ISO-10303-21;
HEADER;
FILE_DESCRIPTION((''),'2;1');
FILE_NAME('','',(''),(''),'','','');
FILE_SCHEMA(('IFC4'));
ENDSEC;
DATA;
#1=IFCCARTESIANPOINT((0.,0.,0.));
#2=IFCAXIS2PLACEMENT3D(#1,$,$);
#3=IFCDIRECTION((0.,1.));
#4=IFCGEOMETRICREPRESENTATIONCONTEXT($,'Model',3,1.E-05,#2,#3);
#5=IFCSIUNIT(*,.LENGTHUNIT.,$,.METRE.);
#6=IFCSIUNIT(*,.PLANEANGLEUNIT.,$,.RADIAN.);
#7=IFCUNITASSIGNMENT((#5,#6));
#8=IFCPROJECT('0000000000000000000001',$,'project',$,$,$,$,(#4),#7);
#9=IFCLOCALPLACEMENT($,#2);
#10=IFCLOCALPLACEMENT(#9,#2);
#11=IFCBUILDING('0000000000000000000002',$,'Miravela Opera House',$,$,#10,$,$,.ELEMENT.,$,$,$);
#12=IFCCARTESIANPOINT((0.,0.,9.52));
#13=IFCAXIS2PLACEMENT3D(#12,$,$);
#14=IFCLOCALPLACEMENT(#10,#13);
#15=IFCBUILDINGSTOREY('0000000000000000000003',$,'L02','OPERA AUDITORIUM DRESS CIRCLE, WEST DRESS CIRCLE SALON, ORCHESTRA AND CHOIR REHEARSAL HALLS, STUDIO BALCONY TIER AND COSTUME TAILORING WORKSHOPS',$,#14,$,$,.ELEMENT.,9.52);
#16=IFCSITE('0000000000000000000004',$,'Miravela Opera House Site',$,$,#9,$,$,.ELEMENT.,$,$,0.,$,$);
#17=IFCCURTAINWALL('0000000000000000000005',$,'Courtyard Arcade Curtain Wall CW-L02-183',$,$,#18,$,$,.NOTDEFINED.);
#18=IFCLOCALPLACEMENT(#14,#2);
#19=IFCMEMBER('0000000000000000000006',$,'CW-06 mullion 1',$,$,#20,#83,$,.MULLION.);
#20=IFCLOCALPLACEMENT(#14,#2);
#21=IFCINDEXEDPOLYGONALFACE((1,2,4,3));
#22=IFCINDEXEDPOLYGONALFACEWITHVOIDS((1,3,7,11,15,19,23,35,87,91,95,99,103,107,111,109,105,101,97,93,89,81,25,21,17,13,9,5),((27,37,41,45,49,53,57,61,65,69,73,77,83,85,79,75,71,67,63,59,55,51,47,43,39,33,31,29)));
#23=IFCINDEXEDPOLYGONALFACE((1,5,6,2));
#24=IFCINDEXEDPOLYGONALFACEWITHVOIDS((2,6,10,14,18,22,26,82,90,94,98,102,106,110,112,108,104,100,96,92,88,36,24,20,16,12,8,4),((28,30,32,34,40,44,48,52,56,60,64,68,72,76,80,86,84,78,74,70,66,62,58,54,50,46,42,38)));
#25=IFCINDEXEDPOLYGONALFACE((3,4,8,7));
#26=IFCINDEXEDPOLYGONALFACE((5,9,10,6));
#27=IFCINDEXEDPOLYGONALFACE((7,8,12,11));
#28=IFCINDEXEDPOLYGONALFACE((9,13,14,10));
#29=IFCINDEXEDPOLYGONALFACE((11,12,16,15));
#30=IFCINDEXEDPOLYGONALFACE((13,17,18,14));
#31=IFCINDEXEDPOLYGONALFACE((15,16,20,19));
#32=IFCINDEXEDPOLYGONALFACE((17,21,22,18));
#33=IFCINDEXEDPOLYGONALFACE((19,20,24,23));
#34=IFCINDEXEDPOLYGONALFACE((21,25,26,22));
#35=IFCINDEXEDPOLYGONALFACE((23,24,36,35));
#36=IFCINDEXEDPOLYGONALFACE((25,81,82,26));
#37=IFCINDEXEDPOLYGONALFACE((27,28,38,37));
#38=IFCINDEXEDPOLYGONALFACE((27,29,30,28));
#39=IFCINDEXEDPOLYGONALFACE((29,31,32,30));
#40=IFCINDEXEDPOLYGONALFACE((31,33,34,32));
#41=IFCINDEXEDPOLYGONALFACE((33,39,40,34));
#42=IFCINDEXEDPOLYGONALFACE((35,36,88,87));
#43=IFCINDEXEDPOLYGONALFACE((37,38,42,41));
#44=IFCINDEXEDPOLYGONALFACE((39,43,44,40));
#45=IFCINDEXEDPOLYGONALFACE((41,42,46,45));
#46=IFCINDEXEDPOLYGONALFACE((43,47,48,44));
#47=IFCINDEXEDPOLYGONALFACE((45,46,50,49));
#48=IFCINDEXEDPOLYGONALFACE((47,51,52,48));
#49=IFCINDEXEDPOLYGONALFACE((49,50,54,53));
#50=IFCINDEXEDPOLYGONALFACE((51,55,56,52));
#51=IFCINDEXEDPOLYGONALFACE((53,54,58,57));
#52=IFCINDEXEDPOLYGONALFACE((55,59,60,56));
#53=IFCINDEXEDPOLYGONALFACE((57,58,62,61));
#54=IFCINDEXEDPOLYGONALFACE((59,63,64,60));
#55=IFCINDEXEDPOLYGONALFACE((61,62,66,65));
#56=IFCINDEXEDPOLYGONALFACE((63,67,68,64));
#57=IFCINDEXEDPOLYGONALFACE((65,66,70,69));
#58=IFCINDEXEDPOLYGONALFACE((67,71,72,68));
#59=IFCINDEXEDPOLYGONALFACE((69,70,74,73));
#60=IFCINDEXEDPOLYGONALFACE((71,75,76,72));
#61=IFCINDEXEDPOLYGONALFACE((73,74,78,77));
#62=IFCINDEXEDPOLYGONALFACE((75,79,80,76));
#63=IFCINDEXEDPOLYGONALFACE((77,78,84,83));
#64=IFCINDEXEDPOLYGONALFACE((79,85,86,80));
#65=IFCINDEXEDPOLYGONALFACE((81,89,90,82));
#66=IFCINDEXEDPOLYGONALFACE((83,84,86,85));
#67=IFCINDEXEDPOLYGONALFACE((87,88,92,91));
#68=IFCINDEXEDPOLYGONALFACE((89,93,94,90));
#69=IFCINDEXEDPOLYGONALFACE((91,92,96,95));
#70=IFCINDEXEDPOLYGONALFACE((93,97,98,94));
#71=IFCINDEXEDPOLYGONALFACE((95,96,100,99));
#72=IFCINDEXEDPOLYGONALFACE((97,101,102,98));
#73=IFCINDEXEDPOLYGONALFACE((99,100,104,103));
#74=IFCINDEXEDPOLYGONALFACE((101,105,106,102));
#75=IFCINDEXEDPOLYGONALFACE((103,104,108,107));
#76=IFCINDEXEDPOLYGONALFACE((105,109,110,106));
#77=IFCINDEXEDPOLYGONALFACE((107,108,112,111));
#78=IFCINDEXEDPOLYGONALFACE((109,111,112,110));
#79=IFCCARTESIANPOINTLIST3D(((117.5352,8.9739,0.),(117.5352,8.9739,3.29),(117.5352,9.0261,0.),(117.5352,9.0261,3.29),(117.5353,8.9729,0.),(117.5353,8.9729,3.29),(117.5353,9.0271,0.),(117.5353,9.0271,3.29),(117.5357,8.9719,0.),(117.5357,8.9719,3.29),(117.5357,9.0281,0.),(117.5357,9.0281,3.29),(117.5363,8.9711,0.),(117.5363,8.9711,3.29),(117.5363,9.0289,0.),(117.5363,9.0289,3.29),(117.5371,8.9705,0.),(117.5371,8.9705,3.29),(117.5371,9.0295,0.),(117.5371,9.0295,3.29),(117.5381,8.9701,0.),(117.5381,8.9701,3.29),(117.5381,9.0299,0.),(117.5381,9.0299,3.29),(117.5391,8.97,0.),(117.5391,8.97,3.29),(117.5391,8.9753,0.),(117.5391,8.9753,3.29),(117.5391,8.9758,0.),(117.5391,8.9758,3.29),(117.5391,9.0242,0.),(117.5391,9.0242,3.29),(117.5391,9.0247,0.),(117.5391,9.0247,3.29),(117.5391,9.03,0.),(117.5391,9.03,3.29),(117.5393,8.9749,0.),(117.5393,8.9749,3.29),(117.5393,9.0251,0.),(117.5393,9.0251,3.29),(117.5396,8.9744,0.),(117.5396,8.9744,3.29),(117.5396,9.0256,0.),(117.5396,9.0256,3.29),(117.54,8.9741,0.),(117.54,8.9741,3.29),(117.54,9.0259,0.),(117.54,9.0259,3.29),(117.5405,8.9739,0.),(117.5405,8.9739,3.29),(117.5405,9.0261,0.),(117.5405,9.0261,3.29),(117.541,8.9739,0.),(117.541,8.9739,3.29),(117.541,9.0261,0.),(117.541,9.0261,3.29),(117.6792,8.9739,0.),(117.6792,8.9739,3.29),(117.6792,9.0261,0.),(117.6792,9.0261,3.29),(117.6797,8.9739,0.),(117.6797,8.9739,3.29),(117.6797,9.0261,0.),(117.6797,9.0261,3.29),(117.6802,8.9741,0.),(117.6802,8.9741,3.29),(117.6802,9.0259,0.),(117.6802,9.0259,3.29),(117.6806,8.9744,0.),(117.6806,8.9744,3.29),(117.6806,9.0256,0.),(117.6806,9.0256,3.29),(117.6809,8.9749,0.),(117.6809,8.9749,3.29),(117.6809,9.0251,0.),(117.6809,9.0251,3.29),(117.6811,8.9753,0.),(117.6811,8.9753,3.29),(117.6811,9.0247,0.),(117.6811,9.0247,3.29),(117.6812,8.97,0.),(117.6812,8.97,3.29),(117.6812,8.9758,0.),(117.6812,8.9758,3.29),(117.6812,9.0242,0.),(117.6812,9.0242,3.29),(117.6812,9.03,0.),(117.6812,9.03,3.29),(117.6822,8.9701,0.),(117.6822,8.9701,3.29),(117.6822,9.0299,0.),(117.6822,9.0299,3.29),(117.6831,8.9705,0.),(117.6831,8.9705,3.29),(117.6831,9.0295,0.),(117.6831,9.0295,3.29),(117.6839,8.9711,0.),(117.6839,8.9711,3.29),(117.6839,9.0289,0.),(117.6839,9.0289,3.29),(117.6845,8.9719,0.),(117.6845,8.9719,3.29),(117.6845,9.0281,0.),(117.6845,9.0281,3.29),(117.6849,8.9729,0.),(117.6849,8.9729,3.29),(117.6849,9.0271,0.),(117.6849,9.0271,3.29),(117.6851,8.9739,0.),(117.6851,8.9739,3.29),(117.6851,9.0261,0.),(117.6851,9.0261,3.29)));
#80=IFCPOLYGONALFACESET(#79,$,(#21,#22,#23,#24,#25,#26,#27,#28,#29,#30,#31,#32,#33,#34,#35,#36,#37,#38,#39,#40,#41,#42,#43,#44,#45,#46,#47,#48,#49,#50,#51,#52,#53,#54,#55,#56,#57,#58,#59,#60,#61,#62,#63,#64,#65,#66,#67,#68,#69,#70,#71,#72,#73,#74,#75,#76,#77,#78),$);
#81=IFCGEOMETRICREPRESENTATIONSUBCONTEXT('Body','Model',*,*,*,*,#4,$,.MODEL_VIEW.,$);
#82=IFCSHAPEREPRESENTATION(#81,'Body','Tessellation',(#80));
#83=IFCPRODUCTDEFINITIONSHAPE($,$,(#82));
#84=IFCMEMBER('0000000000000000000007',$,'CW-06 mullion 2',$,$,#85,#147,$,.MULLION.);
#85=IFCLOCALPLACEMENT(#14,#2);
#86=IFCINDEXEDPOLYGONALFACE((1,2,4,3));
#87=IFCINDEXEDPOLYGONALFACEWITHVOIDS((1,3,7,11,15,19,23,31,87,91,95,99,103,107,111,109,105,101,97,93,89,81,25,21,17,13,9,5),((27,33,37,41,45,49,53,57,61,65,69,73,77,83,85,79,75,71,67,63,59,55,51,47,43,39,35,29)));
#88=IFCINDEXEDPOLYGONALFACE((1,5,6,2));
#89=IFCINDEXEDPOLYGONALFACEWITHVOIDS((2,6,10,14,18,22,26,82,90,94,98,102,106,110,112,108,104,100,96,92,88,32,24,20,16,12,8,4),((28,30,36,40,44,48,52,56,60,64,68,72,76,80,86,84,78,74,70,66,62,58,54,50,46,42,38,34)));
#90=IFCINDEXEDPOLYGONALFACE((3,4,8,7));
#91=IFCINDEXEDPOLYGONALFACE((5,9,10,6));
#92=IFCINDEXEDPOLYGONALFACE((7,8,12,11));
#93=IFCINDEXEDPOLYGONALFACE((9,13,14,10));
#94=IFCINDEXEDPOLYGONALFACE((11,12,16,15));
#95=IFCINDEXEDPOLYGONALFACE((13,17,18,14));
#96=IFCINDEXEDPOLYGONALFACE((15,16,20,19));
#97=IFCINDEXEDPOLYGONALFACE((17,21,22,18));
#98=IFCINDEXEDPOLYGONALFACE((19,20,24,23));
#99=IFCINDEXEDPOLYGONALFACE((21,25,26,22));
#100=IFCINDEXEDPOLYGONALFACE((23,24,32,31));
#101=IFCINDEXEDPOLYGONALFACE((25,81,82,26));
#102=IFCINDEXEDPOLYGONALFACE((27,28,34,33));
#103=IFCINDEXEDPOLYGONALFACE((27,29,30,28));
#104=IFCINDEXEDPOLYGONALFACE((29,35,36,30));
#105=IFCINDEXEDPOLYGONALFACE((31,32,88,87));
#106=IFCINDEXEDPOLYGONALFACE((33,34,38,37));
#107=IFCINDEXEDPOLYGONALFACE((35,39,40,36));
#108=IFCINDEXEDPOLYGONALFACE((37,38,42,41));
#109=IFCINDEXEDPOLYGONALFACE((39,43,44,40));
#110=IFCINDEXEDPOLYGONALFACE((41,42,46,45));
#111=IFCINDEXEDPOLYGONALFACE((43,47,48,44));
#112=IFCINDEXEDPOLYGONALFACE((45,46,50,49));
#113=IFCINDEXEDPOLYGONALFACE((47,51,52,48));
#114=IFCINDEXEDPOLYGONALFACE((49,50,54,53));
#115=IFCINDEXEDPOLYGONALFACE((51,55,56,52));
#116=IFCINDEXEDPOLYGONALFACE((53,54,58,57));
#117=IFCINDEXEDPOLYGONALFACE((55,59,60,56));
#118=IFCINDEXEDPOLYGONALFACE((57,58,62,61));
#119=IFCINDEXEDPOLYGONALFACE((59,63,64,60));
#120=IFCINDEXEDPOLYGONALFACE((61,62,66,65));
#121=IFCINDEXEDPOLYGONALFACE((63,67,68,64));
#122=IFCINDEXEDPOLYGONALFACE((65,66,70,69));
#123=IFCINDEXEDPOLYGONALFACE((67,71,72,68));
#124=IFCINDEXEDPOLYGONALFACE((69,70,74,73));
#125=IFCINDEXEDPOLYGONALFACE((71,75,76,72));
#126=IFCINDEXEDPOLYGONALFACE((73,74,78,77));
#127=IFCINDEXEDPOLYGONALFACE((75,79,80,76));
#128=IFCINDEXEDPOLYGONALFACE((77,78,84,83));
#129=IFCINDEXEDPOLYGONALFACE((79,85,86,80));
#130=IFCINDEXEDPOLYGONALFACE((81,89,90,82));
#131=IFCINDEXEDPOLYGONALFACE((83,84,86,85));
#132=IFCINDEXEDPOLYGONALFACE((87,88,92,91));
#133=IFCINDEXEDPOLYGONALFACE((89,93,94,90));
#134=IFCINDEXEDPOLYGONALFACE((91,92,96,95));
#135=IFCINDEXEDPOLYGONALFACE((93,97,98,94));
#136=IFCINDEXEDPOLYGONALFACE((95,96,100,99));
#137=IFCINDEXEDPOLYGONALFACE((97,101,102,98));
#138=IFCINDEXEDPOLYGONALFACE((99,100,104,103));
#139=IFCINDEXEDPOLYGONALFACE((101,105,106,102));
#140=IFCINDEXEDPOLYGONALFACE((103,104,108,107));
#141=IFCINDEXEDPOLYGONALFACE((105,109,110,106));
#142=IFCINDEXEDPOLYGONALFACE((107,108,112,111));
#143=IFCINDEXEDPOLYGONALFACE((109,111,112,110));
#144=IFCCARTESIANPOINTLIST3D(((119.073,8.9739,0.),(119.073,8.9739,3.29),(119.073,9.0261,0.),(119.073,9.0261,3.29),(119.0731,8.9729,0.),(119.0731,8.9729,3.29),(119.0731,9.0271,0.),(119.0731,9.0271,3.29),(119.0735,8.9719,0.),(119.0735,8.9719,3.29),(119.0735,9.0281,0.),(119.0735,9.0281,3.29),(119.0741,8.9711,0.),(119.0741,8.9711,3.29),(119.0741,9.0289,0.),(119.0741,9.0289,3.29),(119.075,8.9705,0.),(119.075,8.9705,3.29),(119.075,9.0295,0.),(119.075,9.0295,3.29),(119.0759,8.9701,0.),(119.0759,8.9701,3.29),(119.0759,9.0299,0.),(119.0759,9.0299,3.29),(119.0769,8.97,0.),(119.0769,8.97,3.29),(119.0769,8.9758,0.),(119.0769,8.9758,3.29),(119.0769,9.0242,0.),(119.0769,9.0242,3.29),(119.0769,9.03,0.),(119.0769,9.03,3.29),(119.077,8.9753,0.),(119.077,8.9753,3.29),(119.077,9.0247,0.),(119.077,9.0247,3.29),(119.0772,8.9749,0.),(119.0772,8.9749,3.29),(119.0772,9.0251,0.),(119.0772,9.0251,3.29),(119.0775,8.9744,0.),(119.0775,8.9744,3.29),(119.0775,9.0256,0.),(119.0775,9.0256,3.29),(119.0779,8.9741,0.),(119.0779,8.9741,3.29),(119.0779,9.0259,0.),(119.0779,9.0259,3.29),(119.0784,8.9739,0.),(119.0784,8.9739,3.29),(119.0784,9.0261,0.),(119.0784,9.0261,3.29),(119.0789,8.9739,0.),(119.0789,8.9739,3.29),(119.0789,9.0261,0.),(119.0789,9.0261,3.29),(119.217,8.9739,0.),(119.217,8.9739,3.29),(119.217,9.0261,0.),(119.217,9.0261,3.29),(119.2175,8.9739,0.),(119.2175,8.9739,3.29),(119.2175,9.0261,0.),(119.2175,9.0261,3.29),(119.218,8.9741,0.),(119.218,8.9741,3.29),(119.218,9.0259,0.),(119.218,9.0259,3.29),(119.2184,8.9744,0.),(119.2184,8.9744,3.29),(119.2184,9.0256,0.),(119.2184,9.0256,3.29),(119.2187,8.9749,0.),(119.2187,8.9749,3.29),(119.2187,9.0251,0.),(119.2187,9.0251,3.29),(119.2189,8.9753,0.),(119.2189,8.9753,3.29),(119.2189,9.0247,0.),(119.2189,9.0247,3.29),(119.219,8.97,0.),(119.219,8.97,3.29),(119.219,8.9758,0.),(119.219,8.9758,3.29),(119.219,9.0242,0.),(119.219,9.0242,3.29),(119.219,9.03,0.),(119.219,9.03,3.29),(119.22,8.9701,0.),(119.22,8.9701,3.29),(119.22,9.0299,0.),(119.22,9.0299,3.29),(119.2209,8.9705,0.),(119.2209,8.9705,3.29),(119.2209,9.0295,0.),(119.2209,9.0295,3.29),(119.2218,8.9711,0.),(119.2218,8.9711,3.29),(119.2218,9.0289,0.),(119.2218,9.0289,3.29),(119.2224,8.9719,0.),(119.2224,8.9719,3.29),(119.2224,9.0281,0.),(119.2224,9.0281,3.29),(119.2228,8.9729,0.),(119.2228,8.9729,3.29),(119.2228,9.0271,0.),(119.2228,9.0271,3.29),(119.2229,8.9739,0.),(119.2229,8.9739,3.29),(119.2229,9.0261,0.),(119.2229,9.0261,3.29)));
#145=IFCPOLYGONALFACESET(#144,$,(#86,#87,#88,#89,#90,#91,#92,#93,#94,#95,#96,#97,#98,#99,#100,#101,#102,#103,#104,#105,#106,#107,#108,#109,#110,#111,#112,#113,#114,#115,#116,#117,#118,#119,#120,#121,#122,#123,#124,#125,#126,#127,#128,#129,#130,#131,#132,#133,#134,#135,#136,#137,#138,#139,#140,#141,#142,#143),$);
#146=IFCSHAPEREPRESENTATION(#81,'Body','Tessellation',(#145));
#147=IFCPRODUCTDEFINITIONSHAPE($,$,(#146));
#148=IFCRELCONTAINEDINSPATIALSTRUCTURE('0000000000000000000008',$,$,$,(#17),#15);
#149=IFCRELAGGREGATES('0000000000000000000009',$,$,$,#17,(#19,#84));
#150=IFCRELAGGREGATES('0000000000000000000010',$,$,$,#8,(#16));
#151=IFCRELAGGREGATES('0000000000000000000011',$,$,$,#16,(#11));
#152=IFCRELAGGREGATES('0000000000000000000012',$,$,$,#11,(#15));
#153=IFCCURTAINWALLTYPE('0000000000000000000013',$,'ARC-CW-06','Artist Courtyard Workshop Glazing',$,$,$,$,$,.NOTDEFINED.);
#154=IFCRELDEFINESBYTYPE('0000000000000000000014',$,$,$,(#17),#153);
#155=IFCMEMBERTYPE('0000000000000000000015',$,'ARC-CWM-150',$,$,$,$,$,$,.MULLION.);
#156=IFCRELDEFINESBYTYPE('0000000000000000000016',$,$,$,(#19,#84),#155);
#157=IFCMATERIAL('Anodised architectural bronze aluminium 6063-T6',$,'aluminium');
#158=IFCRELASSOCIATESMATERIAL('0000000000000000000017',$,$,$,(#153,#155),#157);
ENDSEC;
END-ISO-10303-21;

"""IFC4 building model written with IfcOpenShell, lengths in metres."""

from ifc_helpers import new_model, si_unit, direction, frame, origin, origin_2d, place, context, subcontext, project, spatial, hollow_rectangle, extrude, material, material_profile, profile_set, type_object, element, aggregate, save


model = new_model("IFC4")

# Units and contexts
model_context = context("Model", 3, precision=1e-05, world=origin(), true_north=direction((0.0, 1.0)))
body_context = subcontext(model_context, "Body", "Model", "MODEL_VIEW")
ifc_project = project(units=[si_unit("LENGTHUNIT", "METRE"), si_unit("PLANEANGLEUNIT", "RADIAN")], contexts=[model_context])

# Site, building, storey
site_placement = place(None, origin())
site = spatial("IfcSite", under=ifc_project, at=site_placement, Name="Miravela Opera House Site", CompositionType="ELEMENT", RefElevation=0.0)
building_placement = place(site_placement, origin())
building = spatial("IfcBuilding", under=site, at=building_placement, Name="Miravela Opera House", CompositionType="ELEMENT")
storey_placement = place(building_placement, frame((0.0, 0.0, 9.52)))
storey = spatial("IfcBuildingStorey", under=building, at=storey_placement, Name="L02", Description="OPERA AUDITORIUM DRESS CIRCLE, WEST DRESS CIRCLE SALON, ORCHESTRA AND CHOIR REHEARSAL HALLS, STUDIO BALCONY TIER AND COSTUME TAILORING WORKSHOPS", CompositionType="ELEMENT", Elevation=9.52)

# Curtain wall, members
ifc_material_1 = material(Name="Anodised architectural bronze aluminium 6063-T6", Category="aluminium")
curtain_wall_type = type_object("IfcCurtainWallType", Name="ARC-CW-06", Description="Artist Courtyard Workshop Glazing", PredefinedType="NOTDEFINED", material=ifc_material_1)
curtain_wall_placement = place(storey_placement, origin())
curtain_wall = element("IfcCurtainWall", 1, at=curtain_wall_placement, inside=storey, type_object=curtain_wall_type, Name="Courtyard Arcade Curtain Wall CW-L02-183", PredefinedType="NOTDEFINED")
ifc_material_profile_1 = material_profile(ifc_material_1, hollow_rectangle(XDim=0.0601, YDim=0.1499, WallThickness=0.0039, InnerFilletRadius=0.002, OuterFilletRadius=0.0039, at=origin_2d()), Name="CWM-60X150")
ifc_profile_set_1 = profile_set([ifc_material_profile_1])
member_type_1 = type_object("IfcMemberType", Name="ARC-CWM-150", PredefinedType="MULLION", material=ifc_profile_set_1)
member_1_placement = place(storey_placement, frame((117.6101, 9.0, 0.0), z_axis=(0.0, 0.0, 1.0), x_axis=(0.0, 1.0, 0.0)))
member_1 = element("IfcMember", 2, at=member_1_placement, type_object=member_type_1, Name="CW-06 mullion 1", PredefinedType="MULLION", context=body_context, shape_type="SweptSolid", body=[
    extrude(hollow_rectangle(XDim=0.0601, YDim=0.1499, WallThickness=0.0039, InnerFilletRadius=0.002, OuterFilletRadius=0.0039, at=origin_2d()), origin(), (0.0, 0.0, 1.0), 3.29),
])
member_2_placement = place(storey_placement, frame((119.1479, 9.0, 0.0), z_axis=(0.0, 0.0, 1.0), x_axis=(0.0, 1.0, 0.0)))
member_2 = element("IfcMember", 3, at=member_2_placement, type_object=member_type_1, Name="CW-06 mullion 2", PredefinedType="MULLION", context=body_context, shape_type="SweptSolid", body=[
    extrude(hollow_rectangle(XDim=0.0601, YDim=0.1499, WallThickness=0.0039, InnerFilletRadius=0.002, OuterFilletRadius=0.0039, at=origin_2d()), origin(), (0.0, 0.0, 1.0), 3.29),
])

aggregate(curtain_wall, [member_1, member_2])

save(model, "model.ifc")
